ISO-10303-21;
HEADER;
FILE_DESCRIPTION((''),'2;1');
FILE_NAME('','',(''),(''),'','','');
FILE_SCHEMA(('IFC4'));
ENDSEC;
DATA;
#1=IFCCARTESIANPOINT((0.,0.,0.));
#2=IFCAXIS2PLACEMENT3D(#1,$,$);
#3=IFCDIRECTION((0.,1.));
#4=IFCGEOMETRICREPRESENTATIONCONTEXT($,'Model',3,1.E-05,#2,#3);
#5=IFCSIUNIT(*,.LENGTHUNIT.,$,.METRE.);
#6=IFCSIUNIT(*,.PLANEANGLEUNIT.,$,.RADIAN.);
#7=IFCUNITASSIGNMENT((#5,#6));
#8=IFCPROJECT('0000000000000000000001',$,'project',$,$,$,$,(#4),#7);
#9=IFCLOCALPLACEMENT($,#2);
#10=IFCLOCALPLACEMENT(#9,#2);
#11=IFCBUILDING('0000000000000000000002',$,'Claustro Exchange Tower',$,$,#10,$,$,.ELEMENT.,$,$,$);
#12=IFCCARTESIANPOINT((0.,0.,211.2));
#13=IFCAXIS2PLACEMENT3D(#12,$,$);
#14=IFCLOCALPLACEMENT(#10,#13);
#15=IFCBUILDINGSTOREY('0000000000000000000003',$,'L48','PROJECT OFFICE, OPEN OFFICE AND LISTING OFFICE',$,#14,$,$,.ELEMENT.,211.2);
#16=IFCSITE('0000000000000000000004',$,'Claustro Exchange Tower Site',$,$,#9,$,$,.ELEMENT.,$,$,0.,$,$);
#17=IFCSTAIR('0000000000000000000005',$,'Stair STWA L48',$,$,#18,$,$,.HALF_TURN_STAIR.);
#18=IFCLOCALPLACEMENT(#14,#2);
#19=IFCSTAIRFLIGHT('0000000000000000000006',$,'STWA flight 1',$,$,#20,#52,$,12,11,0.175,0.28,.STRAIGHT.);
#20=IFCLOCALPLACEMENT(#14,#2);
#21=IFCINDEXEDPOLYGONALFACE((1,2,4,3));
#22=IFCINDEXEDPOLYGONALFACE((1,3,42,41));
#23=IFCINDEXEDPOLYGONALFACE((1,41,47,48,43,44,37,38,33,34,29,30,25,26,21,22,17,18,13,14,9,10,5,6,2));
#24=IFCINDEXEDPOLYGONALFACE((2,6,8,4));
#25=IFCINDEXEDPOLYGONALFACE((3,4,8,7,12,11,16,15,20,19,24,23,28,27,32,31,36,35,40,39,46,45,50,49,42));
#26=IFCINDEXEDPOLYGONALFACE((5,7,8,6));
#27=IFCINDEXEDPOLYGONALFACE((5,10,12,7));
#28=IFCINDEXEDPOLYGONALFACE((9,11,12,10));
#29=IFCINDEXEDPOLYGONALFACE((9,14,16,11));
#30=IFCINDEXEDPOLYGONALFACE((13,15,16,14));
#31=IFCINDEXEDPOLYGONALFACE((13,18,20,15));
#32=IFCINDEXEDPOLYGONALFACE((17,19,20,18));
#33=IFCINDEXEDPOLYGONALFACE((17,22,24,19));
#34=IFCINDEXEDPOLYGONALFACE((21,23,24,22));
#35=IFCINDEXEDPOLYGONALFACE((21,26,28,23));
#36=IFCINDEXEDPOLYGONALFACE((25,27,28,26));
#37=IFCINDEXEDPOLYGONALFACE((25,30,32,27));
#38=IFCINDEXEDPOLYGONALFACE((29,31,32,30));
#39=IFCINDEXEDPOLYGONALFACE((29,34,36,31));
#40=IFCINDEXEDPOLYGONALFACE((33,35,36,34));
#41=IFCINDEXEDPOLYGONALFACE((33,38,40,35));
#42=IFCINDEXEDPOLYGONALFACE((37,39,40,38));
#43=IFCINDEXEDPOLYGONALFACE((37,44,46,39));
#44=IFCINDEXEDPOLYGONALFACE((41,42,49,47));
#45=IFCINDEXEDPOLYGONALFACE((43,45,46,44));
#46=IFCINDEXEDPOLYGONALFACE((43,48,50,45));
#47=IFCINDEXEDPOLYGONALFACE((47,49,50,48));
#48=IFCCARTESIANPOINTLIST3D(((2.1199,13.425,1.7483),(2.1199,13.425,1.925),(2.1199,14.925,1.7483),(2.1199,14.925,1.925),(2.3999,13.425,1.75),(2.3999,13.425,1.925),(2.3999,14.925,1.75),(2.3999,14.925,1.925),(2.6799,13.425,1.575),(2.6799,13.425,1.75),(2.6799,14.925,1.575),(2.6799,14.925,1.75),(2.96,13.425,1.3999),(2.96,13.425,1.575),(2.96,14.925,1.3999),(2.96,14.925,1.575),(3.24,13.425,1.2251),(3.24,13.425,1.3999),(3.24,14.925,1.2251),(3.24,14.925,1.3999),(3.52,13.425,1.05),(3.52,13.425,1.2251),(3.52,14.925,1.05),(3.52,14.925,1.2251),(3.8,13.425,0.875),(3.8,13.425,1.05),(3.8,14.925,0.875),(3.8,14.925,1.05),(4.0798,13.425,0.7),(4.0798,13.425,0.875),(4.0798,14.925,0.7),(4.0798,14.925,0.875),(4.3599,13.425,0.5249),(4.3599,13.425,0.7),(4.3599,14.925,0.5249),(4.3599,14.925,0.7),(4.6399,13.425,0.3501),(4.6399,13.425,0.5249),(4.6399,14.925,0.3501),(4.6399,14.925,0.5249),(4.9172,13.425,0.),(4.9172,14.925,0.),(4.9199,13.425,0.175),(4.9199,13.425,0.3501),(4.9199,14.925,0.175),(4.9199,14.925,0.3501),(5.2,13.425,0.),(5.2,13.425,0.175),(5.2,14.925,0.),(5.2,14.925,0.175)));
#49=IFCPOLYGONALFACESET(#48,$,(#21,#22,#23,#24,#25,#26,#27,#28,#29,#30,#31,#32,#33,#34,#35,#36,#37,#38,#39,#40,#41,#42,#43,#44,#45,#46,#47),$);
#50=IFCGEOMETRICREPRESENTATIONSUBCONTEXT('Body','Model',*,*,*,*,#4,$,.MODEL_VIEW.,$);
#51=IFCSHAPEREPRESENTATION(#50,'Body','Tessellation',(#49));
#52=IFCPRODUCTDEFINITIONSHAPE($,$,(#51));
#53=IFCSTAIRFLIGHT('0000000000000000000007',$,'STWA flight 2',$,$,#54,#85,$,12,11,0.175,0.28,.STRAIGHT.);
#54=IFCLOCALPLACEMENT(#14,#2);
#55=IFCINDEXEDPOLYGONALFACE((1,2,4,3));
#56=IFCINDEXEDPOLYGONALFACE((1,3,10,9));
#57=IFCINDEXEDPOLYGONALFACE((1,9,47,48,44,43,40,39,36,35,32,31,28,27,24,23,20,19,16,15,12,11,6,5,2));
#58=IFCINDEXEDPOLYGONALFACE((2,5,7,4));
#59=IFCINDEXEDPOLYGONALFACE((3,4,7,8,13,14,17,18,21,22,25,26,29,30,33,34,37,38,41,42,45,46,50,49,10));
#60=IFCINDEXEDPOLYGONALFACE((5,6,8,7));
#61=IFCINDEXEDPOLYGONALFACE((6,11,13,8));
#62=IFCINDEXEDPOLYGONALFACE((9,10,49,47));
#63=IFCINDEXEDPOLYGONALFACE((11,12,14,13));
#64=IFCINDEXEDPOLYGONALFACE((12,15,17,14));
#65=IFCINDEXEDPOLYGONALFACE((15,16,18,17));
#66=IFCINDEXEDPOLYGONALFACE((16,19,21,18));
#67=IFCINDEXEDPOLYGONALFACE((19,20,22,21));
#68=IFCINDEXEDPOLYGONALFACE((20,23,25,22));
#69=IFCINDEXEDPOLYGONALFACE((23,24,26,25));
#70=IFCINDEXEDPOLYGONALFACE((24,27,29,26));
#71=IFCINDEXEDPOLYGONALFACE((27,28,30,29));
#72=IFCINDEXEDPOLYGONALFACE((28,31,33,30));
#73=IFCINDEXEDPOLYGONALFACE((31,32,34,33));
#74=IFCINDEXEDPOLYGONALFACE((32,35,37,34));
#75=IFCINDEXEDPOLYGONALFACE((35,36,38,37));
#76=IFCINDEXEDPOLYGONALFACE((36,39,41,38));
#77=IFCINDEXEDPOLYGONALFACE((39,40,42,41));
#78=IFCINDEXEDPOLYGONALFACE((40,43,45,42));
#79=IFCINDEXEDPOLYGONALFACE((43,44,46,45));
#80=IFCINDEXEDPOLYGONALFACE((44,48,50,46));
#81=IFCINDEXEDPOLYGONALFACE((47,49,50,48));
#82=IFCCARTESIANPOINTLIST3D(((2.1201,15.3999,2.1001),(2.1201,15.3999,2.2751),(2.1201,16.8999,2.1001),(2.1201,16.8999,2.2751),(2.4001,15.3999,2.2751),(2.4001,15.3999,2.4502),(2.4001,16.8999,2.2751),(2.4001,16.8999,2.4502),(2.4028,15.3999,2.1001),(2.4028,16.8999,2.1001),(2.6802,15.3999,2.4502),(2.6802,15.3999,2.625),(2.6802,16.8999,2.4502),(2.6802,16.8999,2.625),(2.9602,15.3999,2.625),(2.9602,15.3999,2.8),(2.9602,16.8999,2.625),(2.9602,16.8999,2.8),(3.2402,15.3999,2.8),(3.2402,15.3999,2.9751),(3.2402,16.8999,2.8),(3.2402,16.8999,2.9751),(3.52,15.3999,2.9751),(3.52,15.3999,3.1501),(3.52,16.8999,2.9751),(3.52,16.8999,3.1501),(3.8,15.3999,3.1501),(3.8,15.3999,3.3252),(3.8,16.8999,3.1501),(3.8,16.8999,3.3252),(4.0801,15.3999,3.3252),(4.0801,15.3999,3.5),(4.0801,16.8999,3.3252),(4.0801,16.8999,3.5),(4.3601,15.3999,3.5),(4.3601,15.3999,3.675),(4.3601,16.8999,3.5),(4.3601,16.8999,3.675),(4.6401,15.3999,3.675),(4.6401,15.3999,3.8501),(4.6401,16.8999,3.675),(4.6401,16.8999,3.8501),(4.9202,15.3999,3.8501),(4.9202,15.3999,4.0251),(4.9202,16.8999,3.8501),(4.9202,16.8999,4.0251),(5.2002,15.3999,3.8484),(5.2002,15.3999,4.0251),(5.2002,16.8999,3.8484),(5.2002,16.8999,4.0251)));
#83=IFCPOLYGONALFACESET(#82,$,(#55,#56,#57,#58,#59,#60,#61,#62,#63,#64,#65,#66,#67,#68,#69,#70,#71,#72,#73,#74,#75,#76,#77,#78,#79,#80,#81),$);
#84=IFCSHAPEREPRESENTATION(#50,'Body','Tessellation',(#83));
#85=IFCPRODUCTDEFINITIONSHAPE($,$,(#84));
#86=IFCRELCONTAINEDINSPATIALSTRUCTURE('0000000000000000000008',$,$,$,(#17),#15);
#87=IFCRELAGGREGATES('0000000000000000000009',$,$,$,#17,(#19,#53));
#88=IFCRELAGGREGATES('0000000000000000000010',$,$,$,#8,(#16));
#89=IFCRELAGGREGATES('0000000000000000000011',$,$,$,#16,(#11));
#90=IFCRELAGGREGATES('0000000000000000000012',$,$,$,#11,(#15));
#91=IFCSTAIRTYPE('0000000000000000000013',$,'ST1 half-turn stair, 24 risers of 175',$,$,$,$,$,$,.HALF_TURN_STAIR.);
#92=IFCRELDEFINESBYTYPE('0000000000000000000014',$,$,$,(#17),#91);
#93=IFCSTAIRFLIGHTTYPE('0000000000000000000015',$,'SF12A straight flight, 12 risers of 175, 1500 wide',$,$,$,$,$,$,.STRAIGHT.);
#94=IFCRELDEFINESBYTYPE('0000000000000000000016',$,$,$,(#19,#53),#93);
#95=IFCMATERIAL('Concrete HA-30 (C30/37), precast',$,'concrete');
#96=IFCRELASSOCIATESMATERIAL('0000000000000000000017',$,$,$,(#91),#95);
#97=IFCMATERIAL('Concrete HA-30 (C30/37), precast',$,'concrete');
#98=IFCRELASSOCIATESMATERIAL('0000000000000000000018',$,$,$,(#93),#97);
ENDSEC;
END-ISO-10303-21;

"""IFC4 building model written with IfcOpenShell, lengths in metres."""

from ifc_helpers import new_model, si_unit, direction, frame, origin, place, context, subcontext, project, spatial, polyline, outline, extrude, material, type_object, element, aggregate, save


model = new_model("IFC4")

# Units and contexts
model_context = context("Model", 3, precision=1e-05, world=origin(), true_north=direction((0.0, 1.0)))
body_context = subcontext(model_context, "Body", "Model", "MODEL_VIEW")
ifc_project = project(units=[si_unit("LENGTHUNIT", "METRE"), si_unit("PLANEANGLEUNIT", "RADIAN")], contexts=[model_context])

# Site, building, storey
site_placement = place(None, origin())
site = spatial("IfcSite", under=ifc_project, at=site_placement, Name="Claustro Exchange Tower Site", CompositionType="ELEMENT", RefElevation=0.0)
building_placement = place(site_placement, origin())
building = spatial("IfcBuilding", under=site, at=building_placement, Name="Claustro Exchange Tower", CompositionType="ELEMENT")
storey_placement = place(building_placement, frame((0.0, 0.0, 211.2)))
storey = spatial("IfcBuildingStorey", under=building, at=storey_placement, Name="L48", Description="PROJECT OFFICE, OPEN OFFICE AND LISTING OFFICE", CompositionType="ELEMENT", Elevation=211.2)

# Stair, stair flights
ifc_material_1 = material(Name="Concrete HA-30 (C30/37), precast", Category="concrete")
stair_type = type_object("IfcStairType", Name="ST1 half-turn stair, 24 risers of 175", PredefinedType="HALF_TURN_STAIR", material=ifc_material_1)
stair_placement = place(storey_placement, origin())
stair = element("IfcStair", 1, at=stair_placement, inside=storey, type_object=stair_type, Name="Stair STWA L48", PredefinedType="HALF_TURN_STAIR")
ifc_material_2 = material(Name="Concrete HA-30 (C30/37), precast", Category="concrete")
stair_flight_type = type_object("IfcStairFlightType", Name="SF12A straight flight, 12 risers of 175, 1500 wide", PredefinedType="STRAIGHT", material=ifc_material_2)
stair_flight_1_placement = place(storey_placement, frame((5.2, 14.175, 0.0), z_axis=(0.0, 0.0, 1.0), x_axis=(-1.0, 0.0, 0.0)))
stair_flight_1 = element("IfcStairFlight", 2, at=stair_flight_1_placement, type_object=stair_flight_type, Name="STWA flight 1", NumberOfRisers=12, NumberOfTreads=11, PredefinedType="STRAIGHT", RiserHeight=0.175, TreadLength=0.28, context=body_context, shape_type="SweptSolid", body=[
    extrude(outline(polyline([(0.0, 0.0), (0.0, 0.175), (0.28, 0.175), (0.28, 0.3501), (0.5601, 0.3501), (0.5601, 0.5249), (0.8401, 0.5249), (0.8401, 0.7), (1.1201, 0.7), (1.1201, 0.875), (1.3999, 0.875), (1.3999, 1.05), (1.6799, 1.05), (1.6799, 1.2251), (1.96, 1.2251), (1.96, 1.3999), (2.24, 1.3999), (2.24, 1.575), (2.52, 1.575), (2.52, 1.75), (2.8, 1.75), (2.8, 1.925), (3.0801, 1.925), (3.0801, 2.1001), (3.0801, 1.7483), (0.2827, 0.0), (0.0, 0.0)])), frame((0.0, 0.75, 0.0), z_axis=(0.0, -1.0, 0.0), x_axis=(1.0, 0.0, 0.0)), (0.0, 0.0, 1.0), 1.5),
])
stair_flight_2_placement = place(storey_placement, frame((2.1201, 16.1499, 2.1001), z_axis=(0.0, 0.0, 1.0), x_axis=(1.0, 0.0, 0.0)))
stair_flight_2 = element("IfcStairFlight", 3, at=stair_flight_2_placement, type_object=stair_flight_type, Name="STWA flight 2", NumberOfRisers=12, NumberOfTreads=11, PredefinedType="STRAIGHT", RiserHeight=0.175, TreadLength=0.28, context=body_context, shape_type="SweptSolid", body=[
    extrude(outline(polyline([(0.0, 0.0), (0.0, 0.175), (0.28, 0.175), (0.28, 0.3501), (0.5601, 0.3501), (0.5601, 0.5249), (0.8401, 0.5249), (0.8401, 0.7), (1.1201, 0.7), (1.1201, 0.875), (1.3999, 0.875), (1.3999, 1.05), (1.6799, 1.05), (1.6799, 1.2251), (1.96, 1.2251), (1.96, 1.3999), (2.24, 1.3999), (2.24, 1.575), (2.52, 1.575), (2.52, 1.75), (2.8, 1.75), (2.8, 1.925), (3.0801, 1.925), (3.0801, 2.1001), (3.0801, 1.7483), (0.2827, 0.0), (0.0, 0.0)])), frame((0.0, 0.75, 0.0), z_axis=(0.0, -1.0, 0.0), x_axis=(1.0, 0.0, 0.0)), (0.0, 0.0, 1.0), 1.5),
])
aggregate(stair, [stair_flight_1, stair_flight_2])

save(model, "model.ifc")
